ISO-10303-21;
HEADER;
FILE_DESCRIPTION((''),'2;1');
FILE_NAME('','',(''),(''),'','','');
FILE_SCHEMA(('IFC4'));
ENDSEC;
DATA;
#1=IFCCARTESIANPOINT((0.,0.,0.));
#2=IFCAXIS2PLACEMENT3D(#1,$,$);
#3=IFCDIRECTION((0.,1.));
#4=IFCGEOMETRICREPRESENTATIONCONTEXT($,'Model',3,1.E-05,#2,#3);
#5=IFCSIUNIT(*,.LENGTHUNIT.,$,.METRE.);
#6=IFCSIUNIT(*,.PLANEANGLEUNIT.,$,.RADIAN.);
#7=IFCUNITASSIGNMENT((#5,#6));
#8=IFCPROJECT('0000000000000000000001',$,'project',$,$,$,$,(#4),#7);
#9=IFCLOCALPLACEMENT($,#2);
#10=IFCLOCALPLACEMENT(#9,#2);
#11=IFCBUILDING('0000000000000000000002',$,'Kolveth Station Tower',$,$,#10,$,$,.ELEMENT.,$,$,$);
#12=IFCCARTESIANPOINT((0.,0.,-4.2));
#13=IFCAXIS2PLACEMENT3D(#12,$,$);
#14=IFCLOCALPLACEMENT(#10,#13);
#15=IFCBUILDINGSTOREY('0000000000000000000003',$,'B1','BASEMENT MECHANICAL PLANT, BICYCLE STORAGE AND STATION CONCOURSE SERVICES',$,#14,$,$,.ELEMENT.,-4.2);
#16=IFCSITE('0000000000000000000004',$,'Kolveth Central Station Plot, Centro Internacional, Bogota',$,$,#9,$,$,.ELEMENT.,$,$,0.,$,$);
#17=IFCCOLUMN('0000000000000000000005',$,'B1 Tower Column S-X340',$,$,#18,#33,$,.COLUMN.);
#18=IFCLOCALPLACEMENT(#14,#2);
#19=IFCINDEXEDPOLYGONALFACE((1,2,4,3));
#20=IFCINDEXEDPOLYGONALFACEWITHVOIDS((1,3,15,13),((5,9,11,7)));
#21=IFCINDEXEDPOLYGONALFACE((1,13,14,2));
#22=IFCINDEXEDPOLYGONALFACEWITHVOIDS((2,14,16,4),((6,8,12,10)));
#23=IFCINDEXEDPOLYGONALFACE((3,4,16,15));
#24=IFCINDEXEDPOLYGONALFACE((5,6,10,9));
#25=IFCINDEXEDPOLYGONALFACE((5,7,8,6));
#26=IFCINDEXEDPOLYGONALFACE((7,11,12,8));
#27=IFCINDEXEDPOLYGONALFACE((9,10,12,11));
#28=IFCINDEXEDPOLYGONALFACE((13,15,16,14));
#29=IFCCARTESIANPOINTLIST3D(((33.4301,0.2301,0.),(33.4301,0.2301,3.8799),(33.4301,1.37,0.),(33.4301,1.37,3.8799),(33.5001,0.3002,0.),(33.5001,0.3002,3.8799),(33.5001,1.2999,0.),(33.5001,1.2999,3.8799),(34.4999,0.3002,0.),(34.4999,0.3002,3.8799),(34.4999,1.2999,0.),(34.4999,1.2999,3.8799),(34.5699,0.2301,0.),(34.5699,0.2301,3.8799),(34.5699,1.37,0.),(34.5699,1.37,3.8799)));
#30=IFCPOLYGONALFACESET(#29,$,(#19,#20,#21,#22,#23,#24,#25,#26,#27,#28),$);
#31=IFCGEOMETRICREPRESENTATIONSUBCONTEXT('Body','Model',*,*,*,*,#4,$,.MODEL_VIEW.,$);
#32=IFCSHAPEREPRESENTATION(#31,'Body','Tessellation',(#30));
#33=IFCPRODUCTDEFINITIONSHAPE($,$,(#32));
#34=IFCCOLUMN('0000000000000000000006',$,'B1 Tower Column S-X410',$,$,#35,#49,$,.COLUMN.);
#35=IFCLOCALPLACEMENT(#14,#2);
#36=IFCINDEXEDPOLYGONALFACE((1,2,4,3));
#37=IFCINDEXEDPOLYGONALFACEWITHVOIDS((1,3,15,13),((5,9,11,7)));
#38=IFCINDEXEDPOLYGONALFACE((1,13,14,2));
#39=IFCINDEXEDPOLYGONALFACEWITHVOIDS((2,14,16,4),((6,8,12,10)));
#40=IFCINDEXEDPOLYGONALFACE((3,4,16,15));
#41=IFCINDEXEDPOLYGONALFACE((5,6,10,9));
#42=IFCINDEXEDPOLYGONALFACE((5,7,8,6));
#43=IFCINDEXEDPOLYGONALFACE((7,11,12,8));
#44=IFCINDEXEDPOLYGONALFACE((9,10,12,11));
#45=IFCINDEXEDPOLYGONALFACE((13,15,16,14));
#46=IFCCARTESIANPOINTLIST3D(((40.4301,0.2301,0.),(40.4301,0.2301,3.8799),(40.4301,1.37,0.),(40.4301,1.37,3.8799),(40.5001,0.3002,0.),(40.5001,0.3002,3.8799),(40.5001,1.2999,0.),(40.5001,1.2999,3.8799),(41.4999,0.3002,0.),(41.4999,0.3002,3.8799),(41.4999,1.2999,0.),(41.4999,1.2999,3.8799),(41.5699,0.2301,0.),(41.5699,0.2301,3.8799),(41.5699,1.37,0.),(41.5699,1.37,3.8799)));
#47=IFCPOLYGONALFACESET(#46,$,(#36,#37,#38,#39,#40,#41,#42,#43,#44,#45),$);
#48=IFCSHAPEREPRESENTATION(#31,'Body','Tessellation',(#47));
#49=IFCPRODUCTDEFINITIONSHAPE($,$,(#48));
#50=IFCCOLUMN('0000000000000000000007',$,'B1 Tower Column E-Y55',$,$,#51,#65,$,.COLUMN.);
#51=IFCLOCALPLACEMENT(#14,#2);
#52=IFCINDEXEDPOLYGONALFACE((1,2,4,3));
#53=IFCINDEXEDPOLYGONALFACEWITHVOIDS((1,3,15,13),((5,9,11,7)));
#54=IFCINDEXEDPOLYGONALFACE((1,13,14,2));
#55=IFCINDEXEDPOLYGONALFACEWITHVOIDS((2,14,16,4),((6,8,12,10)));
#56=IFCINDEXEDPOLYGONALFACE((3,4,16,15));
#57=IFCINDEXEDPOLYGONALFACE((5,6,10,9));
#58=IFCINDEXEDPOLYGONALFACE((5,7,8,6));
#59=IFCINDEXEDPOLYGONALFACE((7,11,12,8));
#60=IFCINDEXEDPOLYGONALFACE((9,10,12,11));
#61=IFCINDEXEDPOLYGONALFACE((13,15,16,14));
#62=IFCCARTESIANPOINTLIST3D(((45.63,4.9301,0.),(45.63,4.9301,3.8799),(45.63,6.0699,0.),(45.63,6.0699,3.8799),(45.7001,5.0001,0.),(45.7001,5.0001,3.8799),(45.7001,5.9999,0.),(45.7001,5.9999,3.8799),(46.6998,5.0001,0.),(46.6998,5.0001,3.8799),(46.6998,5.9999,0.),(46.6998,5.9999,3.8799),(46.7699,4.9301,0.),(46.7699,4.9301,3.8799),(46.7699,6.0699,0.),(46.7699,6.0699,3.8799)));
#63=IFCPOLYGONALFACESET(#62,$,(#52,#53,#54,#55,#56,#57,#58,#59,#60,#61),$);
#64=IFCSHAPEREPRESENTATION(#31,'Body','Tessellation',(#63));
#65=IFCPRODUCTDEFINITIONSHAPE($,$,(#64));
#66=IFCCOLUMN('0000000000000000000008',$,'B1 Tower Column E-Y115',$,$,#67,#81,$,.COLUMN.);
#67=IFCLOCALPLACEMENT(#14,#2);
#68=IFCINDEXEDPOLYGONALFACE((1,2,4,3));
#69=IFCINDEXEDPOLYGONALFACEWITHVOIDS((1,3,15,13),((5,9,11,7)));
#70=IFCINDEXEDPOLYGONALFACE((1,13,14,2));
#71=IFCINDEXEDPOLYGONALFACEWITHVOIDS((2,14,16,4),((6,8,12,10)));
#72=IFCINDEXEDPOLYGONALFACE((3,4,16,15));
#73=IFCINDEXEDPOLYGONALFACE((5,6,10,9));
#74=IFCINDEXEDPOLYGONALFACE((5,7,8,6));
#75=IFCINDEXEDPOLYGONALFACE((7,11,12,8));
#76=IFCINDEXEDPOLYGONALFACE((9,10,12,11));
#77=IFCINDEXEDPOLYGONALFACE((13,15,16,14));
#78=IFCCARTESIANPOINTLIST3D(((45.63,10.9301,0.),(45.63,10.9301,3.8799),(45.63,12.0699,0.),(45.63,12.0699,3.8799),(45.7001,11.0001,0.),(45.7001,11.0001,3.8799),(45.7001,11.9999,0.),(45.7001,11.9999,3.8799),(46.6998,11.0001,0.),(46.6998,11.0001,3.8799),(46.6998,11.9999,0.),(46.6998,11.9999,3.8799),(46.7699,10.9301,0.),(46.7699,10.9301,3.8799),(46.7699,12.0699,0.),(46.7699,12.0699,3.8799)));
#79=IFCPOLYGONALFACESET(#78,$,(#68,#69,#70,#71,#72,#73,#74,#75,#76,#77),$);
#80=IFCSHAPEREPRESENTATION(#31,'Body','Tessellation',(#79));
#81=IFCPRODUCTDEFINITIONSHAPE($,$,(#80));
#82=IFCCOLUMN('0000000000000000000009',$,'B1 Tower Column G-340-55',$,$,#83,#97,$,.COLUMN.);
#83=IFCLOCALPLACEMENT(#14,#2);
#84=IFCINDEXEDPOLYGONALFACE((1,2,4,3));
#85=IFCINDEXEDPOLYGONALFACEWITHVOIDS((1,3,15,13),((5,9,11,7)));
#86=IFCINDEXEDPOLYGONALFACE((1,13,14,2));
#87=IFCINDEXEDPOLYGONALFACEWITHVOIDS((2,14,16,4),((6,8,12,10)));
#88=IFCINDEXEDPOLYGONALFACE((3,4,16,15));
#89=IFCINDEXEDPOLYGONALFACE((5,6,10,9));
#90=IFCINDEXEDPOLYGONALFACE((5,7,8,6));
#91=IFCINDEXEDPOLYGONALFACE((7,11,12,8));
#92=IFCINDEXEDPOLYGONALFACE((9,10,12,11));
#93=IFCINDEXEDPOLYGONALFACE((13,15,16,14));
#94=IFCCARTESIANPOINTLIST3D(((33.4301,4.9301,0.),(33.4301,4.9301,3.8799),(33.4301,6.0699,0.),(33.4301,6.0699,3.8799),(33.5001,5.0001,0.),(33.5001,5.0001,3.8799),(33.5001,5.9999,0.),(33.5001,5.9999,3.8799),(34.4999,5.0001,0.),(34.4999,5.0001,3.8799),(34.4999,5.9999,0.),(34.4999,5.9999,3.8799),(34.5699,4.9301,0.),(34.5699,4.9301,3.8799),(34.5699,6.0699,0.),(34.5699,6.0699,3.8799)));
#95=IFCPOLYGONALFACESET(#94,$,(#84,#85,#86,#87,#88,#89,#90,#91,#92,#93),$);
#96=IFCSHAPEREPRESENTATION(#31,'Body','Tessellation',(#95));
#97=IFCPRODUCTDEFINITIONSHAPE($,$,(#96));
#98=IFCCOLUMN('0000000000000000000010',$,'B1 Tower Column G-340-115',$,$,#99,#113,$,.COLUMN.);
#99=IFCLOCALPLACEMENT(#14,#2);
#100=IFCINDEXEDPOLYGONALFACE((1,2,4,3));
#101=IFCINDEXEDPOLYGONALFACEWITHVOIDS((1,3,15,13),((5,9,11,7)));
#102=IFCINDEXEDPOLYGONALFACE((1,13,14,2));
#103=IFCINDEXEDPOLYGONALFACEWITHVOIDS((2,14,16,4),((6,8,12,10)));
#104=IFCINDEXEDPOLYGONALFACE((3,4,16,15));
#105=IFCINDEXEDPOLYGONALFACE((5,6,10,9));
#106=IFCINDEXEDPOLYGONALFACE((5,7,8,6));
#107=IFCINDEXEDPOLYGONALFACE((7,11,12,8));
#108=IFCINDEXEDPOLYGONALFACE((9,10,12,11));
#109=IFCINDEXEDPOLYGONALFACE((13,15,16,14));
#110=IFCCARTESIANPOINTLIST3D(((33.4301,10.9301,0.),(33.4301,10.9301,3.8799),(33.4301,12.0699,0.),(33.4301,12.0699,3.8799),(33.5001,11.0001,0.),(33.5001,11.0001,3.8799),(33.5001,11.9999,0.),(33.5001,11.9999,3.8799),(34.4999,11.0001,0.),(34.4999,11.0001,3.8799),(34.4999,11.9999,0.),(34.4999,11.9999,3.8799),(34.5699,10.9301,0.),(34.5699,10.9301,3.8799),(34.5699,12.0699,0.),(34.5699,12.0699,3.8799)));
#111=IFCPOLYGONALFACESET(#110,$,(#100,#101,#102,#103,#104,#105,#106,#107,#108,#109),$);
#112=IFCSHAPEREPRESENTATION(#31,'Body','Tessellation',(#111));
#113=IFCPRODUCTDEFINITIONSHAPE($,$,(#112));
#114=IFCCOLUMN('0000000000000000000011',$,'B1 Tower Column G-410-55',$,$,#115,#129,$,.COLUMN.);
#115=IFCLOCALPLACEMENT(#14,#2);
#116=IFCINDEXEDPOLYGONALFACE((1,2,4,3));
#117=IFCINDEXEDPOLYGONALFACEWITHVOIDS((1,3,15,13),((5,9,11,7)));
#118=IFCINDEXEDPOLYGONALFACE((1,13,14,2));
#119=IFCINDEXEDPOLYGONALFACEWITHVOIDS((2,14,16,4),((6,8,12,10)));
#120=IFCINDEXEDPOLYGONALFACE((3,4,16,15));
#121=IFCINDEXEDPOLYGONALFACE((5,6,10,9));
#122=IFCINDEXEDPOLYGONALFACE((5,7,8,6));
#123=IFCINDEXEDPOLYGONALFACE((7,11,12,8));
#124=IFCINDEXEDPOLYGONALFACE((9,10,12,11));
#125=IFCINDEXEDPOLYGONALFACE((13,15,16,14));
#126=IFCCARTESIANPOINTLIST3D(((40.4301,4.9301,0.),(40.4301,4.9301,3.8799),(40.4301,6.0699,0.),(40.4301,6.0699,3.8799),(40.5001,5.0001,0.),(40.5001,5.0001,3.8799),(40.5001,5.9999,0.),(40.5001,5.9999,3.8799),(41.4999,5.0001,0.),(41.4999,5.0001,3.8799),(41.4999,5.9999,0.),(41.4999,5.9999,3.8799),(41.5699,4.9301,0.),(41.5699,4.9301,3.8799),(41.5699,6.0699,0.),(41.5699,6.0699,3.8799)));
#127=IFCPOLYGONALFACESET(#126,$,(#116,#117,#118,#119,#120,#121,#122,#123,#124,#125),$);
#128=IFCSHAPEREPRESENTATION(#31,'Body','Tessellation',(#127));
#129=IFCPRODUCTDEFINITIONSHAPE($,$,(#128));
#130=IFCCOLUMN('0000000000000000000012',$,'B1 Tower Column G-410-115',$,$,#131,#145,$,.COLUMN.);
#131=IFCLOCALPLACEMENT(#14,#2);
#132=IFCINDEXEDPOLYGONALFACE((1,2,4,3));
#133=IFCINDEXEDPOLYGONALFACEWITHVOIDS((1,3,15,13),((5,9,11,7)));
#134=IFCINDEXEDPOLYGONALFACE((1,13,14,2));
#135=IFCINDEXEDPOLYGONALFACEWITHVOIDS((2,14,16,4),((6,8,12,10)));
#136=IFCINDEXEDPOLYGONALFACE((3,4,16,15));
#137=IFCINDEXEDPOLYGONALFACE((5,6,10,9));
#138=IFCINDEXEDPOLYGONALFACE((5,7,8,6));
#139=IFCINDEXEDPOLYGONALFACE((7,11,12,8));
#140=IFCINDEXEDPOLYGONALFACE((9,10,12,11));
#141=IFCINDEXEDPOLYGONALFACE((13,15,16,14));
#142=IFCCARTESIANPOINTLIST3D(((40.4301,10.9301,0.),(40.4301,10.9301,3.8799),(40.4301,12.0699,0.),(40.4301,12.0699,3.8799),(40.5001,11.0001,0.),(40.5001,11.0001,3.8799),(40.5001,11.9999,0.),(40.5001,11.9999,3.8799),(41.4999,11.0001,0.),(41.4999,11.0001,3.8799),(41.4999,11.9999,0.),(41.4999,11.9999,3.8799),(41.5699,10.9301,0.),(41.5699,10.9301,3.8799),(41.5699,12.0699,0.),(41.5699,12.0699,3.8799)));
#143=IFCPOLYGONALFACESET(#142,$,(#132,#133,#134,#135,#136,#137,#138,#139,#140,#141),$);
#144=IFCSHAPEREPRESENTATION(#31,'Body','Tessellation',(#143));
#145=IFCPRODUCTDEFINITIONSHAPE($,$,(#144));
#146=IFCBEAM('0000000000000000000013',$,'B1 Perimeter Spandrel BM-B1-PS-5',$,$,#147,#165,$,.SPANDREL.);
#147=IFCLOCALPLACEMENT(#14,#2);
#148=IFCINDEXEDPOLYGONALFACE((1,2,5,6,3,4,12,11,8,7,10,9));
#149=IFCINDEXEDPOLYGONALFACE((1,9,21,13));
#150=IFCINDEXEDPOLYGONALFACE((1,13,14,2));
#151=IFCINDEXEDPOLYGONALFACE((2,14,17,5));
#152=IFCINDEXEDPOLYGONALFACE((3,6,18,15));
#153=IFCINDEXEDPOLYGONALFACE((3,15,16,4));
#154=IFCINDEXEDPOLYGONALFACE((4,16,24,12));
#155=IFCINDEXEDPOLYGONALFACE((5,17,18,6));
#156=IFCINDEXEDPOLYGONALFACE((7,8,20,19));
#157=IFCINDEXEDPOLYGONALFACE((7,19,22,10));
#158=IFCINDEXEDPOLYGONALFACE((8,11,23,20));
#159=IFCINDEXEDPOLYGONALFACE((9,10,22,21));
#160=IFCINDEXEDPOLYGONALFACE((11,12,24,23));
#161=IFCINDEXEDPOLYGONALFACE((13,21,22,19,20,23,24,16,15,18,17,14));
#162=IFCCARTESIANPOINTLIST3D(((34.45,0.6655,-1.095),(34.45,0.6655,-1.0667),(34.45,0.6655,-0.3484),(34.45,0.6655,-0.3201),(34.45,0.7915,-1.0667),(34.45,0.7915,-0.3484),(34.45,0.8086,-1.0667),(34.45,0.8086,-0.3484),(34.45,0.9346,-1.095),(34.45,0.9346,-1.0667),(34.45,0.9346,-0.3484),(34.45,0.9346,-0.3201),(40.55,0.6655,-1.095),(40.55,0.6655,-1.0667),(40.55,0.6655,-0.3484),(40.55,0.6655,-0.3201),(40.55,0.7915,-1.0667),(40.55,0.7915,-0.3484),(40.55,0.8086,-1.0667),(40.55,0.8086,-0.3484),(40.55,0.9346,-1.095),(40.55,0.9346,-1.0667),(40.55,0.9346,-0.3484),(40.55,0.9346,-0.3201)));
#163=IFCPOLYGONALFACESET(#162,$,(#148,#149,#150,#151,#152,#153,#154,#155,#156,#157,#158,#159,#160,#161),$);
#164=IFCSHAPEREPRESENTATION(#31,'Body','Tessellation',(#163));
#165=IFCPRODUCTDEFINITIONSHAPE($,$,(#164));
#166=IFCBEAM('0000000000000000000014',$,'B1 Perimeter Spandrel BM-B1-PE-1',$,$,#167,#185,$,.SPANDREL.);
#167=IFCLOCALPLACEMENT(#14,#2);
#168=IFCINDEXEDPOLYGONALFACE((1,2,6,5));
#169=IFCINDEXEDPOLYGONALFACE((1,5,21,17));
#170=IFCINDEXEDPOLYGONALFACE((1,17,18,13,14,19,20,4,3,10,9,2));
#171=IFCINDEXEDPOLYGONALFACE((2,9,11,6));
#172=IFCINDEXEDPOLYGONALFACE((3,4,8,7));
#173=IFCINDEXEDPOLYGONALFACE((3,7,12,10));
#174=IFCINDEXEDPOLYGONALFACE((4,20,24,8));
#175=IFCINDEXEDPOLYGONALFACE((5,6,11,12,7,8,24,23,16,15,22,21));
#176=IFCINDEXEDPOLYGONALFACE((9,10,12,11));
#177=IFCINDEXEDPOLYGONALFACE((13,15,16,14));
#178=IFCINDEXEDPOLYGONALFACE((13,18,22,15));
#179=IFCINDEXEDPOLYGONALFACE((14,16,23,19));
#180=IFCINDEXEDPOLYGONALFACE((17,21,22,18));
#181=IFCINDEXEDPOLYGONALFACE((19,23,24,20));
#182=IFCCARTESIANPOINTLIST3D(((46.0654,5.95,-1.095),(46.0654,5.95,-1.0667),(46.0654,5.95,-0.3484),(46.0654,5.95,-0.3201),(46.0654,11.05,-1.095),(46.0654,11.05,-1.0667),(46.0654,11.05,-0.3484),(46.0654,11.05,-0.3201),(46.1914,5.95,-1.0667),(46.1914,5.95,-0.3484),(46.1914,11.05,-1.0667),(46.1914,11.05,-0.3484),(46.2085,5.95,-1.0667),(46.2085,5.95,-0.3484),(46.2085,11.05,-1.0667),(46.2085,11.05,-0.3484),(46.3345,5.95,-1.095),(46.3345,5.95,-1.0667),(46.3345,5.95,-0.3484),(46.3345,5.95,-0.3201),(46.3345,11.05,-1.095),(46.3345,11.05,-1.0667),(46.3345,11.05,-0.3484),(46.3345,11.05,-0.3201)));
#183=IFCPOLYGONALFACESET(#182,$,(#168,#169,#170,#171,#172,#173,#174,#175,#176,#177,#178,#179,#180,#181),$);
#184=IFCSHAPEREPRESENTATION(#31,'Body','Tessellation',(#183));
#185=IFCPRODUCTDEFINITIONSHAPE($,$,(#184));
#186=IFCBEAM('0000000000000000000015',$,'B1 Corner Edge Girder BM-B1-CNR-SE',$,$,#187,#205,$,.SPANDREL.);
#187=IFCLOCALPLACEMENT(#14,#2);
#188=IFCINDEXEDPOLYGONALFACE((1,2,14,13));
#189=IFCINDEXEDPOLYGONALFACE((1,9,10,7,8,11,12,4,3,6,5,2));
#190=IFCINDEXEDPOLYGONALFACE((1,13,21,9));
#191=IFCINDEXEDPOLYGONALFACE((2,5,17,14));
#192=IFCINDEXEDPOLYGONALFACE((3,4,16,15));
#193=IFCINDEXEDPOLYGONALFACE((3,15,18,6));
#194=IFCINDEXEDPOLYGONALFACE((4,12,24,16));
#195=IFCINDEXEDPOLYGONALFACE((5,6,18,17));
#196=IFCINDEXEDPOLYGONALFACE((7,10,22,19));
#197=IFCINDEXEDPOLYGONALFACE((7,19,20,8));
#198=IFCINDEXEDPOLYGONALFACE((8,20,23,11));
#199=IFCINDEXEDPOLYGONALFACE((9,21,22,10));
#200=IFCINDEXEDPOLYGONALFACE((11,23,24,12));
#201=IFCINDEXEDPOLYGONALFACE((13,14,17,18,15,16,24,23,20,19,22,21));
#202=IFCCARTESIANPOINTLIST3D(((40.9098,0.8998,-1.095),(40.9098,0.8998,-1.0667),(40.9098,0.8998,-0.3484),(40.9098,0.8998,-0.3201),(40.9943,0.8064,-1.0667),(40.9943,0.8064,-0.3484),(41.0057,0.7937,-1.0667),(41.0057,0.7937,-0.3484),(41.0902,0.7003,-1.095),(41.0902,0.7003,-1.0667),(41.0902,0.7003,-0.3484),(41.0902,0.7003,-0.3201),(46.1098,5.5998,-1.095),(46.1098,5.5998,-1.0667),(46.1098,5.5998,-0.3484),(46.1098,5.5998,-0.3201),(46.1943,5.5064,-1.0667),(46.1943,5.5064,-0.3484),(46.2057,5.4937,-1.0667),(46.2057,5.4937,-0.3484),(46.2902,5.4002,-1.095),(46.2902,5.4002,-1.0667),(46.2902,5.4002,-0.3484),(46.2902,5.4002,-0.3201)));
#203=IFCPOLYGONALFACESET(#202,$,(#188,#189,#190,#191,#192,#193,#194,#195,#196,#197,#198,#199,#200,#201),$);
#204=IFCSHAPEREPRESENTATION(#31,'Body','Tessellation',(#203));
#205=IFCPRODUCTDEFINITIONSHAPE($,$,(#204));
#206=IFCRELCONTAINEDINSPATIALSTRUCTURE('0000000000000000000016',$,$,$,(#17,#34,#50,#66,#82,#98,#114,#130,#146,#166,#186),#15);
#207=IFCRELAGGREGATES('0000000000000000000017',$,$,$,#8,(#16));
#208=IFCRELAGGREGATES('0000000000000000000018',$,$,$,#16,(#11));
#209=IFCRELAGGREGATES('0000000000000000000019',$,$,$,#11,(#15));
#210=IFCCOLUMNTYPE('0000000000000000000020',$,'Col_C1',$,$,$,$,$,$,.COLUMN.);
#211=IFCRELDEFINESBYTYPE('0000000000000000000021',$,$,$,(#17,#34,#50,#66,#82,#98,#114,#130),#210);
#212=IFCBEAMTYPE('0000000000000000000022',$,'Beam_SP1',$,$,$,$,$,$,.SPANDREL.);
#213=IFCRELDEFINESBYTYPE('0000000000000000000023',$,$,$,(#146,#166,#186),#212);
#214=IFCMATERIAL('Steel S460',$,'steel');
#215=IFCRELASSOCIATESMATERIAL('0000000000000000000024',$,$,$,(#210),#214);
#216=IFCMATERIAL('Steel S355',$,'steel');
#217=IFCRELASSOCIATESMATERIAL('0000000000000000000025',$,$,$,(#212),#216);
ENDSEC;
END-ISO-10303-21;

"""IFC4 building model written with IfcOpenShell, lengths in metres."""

from ifc_helpers import new_model, si_unit, direction, frame, origin, origin_2d, place, context, subcontext, project, spatial, hollow_rectangle, i_section, extrude, source, transform, mapped, material, material_profile, profile_set, type_object, element, save


model = new_model("IFC4")

# Units and contexts
model_context = context("Model", 3, precision=1e-05, world=origin(), true_north=direction((0.0, 1.0)))
body_context = subcontext(model_context, "Body", "Model", "MODEL_VIEW")
ifc_project = project(units=[si_unit("LENGTHUNIT", "METRE"), si_unit("PLANEANGLEUNIT", "RADIAN")], contexts=[model_context])

# Site, building, storey
site_placement = place(None, origin())
site = spatial("IfcSite", under=ifc_project, at=site_placement, Name="Kolveth Central Station Plot, Centro Internacional, Bogota", CompositionType="ELEMENT", RefElevation=0.0)
building_placement = place(site_placement, origin())
building = spatial("IfcBuilding", under=site, at=building_placement, Name="Kolveth Station Tower", CompositionType="ELEMENT")
storey_placement = place(building_placement, frame((0.0, 0.0, -4.2)))
storey = spatial("IfcBuildingStorey", under=building, at=storey_placement, Name="B1", Description="BASEMENT MECHANICAL PLANT, BICYCLE STORAGE AND STATION CONCOURSE SERVICES", CompositionType="ELEMENT", Elevation=-4.2)

# Columns
ifc_material_1 = material(Name="Steel S460", Category="steel")
ifc_material_profile_1 = material_profile(ifc_material_1, hollow_rectangle(XDim=1.1399, YDim=1.1399, WallThickness=0.0701, at=origin_2d()), Name="BOX1140x1140x70")
ifc_profile_set_1 = profile_set([ifc_material_profile_1], Name="Steel S460")
column_type = type_object("IfcColumnType", Name="Col_C1", PredefinedType="COLUMN", material=ifc_profile_set_1)
shared_shape_1 = source(origin(), body_context, "Body", "SweptSolid", [
    extrude(hollow_rectangle(XDim=1.1399, YDim=1.1399, WallThickness=0.0701, at=origin_2d()), origin(), (0.0, 0.0, 1.0), 3.8799),
])
for number, where, z_axis, x_axis, name in (
    (1, (34.0, 0.8, 0.0), (0.0, 0.0, 1.0), (1.0, 0.0, 0.0), "B1 Tower Column S-X340"),
    (2, (41.0, 0.8, 0.0), (0.0, 0.0, 1.0), (1.0, 0.0, 0.0), "B1 Tower Column S-X410"),
    (3, (46.2, 5.5, 0.0), (0.0, 0.0, 1.0), (1.0, 0.0, 0.0), "B1 Tower Column E-Y55"),
    (4, (46.2, 11.5, 0.0), (0.0, 0.0, 1.0), (1.0, 0.0, 0.0), "B1 Tower Column E-Y115"),
    (5, (34.0, 5.5, 0.0), (0.0, 0.0, 1.0), (1.0, 0.0, 0.0), "B1 Tower Column G-340-55"),
    (6, (34.0, 11.5, 0.0), (0.0, 0.0, 1.0), (1.0, 0.0, 0.0), "B1 Tower Column G-340-115"),
    (7, (41.0, 5.5, 0.0), (0.0, 0.0, 1.0), (1.0, 0.0, 0.0), "B1 Tower Column G-410-55"),
    (8, (41.0, 11.5, 0.0), (0.0, 0.0, 1.0), (1.0, 0.0, 0.0), "B1 Tower Column G-410-115"),
):
    element("IfcColumn", number, at=place(storey_placement, frame(where, z_axis=z_axis, x_axis=x_axis)), inside=storey, type_object=column_type, Name=name, PredefinedType="COLUMN", context=body_context, shape_type="MappedRepresentation", body=[
        mapped(shared_shape_1, transform((0.0, 0.0, 0.0), x_axis=(1.0, 0.0, 0.0), y_axis=(0.0, 1.0, 0.0), z_axis=(0.0, 0.0, 1.0), scale=1.0)),
    ])

# Beams
ifc_material_2 = material(Name="Steel S355", Category="steel")
ifc_material_profile_2 = material_profile(ifc_material_2, i_section(OverallWidth=0.269, OverallDepth=0.7749, WebThickness=0.0171, FlangeThickness=0.0283, at=origin_2d()), Name="W760x220")
ifc_profile_set_2 = profile_set([ifc_material_profile_2], Name="Steel S355")
beam_type_1 = type_object("IfcBeamType", Name="Beam_SP1", PredefinedType="SPANDREL", material=ifc_profile_set_2)
shared_shape_2 = source(origin(), body_context, "Body", "SweptSolid", [
    extrude(i_section(OverallWidth=0.269, OverallDepth=0.7749, WebThickness=0.0171, FlangeThickness=0.0283, at=origin_2d()), origin(), (0.0, 0.0, 1.0), 6.1001),
])
beam_1_placement = place(storey_placement, frame((34.45, 0.8, -0.7075), z_axis=(1.0, 0.0, 0.0), x_axis=(0.0, 1.0, 0.0)))
element("IfcBeam", 9, at=beam_1_placement, inside=storey, type_object=beam_type_1, Name="B1 Perimeter Spandrel BM-B1-PS-5", PredefinedType="SPANDREL", context=body_context, shape_type="MappedRepresentation", body=[
    mapped(shared_shape_2, transform((0.0, 0.0, 0.0), x_axis=(1.0, 0.0, 0.0), y_axis=(0.0, 1.0, 0.0), z_axis=(0.0, 0.0, 1.0), scale=1.0)),
])
shared_shape_3 = source(origin(), body_context, "Body", "SweptSolid", [
    extrude(i_section(OverallWidth=0.269, OverallDepth=0.7749, WebThickness=0.0171, FlangeThickness=0.0283, at=origin_2d()), origin(), (0.0, 0.0, 1.0), 5.1001),
])
beam_2_placement = place(storey_placement, frame((46.2, 5.95, -0.7075), z_axis=(0.0, 1.0, 0.0), x_axis=(-1.0, 0.0, 0.0)))
element("IfcBeam", 10, at=beam_2_placement, inside=storey, type_object=beam_type_1, Name="B1 Perimeter Spandrel BM-B1-PE-1", PredefinedType="SPANDREL", context=body_context, shape_type="MappedRepresentation", body=[
    mapped(shared_shape_3, transform((0.0, 0.0, 0.0), x_axis=(1.0, 0.0, 0.0), y_axis=(0.0, 1.0, 0.0), z_axis=(0.0, 0.0, 1.0), scale=1.0)),
])
shared_shape_4 = source(origin(), body_context, "Body", "SweptSolid", [
    extrude(i_section(OverallWidth=0.269, OverallDepth=0.7749, WebThickness=0.0171, FlangeThickness=0.0283, at=origin_2d()), origin(), (0.0, 0.0, 1.0), 7.0093),
])
beam_3_placement = place(storey_placement, frame((41.0, 0.8, -0.7075), z_axis=(0.741874, 0.670539, 0.0), x_axis=(-0.670539, 0.741874, 0.0)))
element("IfcBeam", 11, at=beam_3_placement, inside=storey, type_object=beam_type_1, Name="B1 Corner Edge Girder BM-B1-CNR-SE", PredefinedType="SPANDREL", context=body_context, shape_type="MappedRepresentation", body=[
    mapped(shared_shape_4, transform((0.0, 0.0, 0.0), x_axis=(1.0, 0.0, 0.0), y_axis=(0.0, 1.0, 0.0), z_axis=(0.0, 0.0, 1.0), scale=1.0)),
])

save(model, "model.ifc")
